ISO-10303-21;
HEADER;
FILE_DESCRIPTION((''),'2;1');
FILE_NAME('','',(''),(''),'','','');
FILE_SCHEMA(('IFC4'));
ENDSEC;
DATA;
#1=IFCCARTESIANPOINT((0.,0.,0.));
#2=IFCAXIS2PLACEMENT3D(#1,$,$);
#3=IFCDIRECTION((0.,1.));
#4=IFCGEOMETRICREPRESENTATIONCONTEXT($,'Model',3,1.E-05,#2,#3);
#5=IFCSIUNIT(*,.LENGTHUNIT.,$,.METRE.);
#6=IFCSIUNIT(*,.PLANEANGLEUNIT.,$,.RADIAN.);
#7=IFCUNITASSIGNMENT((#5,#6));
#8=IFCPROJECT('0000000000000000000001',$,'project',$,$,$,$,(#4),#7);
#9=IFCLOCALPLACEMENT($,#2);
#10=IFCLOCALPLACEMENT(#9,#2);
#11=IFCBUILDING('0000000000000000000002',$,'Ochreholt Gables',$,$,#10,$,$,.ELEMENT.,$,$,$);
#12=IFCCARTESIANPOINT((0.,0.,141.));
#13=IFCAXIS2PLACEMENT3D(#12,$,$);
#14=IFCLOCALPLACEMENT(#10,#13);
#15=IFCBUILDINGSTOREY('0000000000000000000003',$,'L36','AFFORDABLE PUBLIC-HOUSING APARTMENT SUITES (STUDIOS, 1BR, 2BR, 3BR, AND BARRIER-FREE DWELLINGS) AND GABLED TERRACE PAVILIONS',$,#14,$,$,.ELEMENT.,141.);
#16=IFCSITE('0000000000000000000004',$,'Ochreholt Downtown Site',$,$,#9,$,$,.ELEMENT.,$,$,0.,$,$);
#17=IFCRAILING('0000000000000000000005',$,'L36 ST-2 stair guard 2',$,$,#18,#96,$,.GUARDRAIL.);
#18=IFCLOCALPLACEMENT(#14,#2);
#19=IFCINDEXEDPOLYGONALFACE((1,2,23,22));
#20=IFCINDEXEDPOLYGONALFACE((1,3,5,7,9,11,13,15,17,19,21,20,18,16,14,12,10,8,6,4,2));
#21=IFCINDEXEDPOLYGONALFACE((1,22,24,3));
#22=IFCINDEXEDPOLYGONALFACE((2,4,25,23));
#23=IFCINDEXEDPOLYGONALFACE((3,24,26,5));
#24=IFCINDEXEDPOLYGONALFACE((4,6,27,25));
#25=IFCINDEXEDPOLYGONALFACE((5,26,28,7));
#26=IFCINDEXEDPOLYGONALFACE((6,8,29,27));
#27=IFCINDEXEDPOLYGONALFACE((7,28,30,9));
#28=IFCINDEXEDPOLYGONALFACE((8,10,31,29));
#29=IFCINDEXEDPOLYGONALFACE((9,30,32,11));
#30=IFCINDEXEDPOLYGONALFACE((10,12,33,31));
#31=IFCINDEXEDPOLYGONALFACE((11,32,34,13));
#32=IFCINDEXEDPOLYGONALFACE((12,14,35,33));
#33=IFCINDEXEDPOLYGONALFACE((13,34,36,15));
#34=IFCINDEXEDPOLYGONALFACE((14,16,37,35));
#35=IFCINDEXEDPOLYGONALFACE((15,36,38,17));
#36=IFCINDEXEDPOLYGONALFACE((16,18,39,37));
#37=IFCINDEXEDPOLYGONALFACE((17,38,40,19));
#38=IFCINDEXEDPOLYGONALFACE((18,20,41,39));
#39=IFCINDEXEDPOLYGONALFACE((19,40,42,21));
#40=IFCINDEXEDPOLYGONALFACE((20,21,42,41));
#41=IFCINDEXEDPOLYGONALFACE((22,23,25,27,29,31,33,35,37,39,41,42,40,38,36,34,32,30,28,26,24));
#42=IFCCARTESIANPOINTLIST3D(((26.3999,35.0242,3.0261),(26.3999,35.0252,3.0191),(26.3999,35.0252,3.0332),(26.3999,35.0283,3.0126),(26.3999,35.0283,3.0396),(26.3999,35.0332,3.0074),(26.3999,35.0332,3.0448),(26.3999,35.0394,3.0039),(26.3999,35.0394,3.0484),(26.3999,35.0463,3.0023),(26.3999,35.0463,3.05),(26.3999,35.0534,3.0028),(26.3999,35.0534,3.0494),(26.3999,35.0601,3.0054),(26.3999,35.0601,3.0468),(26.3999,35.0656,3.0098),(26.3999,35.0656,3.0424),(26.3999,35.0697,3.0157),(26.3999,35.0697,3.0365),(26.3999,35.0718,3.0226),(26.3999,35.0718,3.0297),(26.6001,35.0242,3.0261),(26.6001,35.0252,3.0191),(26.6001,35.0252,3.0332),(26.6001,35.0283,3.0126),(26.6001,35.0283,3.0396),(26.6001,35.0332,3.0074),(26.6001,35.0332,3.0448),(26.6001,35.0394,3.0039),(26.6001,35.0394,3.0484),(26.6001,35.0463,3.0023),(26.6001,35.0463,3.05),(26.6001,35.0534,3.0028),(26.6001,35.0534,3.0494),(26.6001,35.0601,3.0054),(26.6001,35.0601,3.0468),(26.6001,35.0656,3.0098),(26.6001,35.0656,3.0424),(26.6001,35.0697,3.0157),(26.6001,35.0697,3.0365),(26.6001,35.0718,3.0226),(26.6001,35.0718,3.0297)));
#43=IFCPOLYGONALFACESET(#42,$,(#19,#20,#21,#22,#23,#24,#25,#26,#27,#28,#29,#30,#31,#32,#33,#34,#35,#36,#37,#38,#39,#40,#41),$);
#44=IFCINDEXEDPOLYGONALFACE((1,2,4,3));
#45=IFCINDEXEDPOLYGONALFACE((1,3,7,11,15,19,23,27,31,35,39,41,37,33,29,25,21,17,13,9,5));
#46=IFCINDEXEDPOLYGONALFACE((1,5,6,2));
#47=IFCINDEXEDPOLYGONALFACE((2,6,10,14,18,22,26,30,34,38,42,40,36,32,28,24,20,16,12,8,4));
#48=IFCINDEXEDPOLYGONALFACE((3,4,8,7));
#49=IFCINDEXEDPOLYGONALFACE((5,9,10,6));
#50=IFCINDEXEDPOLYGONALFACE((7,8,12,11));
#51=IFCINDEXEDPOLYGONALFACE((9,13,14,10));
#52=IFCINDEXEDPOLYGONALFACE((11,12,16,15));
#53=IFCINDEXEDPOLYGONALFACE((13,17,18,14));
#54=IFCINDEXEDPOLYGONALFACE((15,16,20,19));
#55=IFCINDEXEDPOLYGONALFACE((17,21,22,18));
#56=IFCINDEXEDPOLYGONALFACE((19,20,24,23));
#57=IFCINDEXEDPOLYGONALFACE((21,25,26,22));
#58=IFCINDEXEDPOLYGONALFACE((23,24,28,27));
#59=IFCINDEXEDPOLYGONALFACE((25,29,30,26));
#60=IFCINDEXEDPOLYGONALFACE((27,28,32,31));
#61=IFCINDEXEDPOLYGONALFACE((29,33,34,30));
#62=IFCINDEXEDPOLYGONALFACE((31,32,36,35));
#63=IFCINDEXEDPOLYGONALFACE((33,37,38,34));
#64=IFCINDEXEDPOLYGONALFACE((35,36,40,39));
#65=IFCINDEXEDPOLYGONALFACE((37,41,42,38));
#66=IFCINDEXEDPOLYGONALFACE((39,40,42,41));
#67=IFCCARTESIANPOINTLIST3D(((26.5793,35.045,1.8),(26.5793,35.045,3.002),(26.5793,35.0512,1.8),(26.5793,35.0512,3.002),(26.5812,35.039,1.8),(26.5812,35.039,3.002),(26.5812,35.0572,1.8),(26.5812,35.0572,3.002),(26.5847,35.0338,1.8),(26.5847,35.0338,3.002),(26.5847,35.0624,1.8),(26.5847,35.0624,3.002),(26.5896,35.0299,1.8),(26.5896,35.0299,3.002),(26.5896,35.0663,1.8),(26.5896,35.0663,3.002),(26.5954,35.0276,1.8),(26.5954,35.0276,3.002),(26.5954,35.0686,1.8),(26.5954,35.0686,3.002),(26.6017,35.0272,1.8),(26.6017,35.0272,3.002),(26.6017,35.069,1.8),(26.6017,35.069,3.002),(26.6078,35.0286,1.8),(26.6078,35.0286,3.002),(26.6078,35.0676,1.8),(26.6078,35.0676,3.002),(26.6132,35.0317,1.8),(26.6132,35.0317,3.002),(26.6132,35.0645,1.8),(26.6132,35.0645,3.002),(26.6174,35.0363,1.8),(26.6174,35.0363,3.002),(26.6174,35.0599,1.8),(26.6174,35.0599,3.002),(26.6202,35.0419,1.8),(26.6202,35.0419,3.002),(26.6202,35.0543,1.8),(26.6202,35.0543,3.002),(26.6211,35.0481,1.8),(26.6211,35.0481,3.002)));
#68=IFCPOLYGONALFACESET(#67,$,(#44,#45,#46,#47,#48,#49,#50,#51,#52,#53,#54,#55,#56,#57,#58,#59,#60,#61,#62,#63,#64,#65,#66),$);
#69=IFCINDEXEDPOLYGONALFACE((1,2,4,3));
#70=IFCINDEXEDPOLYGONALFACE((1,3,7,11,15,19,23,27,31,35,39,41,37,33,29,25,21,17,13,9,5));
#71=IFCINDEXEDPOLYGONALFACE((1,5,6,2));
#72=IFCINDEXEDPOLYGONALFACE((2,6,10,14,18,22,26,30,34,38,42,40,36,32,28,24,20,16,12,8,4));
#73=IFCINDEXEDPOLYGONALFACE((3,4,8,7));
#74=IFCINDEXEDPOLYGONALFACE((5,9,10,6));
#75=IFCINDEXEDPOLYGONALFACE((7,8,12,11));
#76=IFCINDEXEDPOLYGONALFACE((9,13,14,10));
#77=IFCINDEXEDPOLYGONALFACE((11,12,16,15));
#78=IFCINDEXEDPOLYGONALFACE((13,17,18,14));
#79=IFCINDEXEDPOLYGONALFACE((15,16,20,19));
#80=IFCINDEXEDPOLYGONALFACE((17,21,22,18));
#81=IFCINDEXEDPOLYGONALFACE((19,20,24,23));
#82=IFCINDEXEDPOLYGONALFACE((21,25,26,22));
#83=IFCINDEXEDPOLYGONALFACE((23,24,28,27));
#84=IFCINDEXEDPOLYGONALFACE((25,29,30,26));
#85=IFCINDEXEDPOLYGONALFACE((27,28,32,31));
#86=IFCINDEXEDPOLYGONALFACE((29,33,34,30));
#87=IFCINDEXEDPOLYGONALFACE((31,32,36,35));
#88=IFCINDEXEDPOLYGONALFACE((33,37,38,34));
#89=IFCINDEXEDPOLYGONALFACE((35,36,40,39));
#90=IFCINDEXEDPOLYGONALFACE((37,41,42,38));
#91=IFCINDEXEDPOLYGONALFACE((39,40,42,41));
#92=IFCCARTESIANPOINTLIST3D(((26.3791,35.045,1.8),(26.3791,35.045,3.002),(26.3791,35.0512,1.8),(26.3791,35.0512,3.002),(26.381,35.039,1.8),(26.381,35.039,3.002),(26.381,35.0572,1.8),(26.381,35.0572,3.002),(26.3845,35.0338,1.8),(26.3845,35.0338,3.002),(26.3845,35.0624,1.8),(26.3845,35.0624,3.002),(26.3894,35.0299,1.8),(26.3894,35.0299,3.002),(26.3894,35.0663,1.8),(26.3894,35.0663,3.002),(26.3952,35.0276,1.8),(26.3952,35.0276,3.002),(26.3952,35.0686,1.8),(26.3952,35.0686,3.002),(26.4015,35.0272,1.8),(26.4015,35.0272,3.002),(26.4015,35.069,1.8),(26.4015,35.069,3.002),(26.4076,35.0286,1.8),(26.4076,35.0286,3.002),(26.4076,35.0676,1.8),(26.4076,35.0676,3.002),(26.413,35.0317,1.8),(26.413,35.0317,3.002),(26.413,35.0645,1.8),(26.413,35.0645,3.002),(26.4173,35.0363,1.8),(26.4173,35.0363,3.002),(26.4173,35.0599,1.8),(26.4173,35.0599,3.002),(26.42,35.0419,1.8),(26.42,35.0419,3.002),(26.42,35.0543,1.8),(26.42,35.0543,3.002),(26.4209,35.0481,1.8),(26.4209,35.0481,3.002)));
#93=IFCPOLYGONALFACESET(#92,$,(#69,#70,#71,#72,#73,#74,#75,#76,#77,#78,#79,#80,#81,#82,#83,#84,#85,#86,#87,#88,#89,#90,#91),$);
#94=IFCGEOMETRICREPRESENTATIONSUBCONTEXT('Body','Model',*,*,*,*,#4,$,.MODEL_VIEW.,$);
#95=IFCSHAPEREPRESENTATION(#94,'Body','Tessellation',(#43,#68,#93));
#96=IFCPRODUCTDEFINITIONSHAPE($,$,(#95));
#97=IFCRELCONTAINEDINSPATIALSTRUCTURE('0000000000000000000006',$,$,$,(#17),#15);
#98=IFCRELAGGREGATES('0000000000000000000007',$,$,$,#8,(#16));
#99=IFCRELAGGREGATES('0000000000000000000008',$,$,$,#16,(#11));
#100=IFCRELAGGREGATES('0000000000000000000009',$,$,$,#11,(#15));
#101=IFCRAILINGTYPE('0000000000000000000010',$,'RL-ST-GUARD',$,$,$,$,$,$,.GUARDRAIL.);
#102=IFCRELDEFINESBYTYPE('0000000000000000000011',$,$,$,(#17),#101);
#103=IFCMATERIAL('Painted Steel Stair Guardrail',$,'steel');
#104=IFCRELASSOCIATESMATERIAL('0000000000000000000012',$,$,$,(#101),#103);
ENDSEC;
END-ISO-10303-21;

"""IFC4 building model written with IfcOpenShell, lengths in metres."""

from ifc_helpers import new_model, si_unit, direction, frame, origin, origin_2d, place, context, subcontext, project, spatial, circle, extrude, material, type_object, element, save


model = new_model("IFC4")

# Units and contexts
model_context = context("Model", 3, precision=1e-05, world=origin(), true_north=direction((0.0, 1.0)))
body_context = subcontext(model_context, "Body", "Model", "MODEL_VIEW")
ifc_project = project(units=[si_unit("LENGTHUNIT", "METRE"), si_unit("PLANEANGLEUNIT", "RADIAN")], contexts=[model_context])

# Site, building, storey
site_placement = place(None, origin())
site = spatial("IfcSite", under=ifc_project, at=site_placement, Name="Ochreholt Downtown Site", CompositionType="ELEMENT", RefElevation=0.0)
building_placement = place(site_placement, origin())
building = spatial("IfcBuilding", under=site, at=building_placement, Name="Ochreholt Gables", CompositionType="ELEMENT")
storey_placement = place(building_placement, frame((0.0, 0.0, 141.0)))
storey = spatial("IfcBuildingStorey", under=building, at=storey_placement, Name="L36", Description="AFFORDABLE PUBLIC-HOUSING APARTMENT SUITES (STUDIOS, 1BR, 2BR, 3BR, AND BARRIER-FREE DWELLINGS) AND GABLED TERRACE PAVILIONS", CompositionType="ELEMENT", Elevation=141.0)

# Railing
ifc_material_1 = material(Name="Painted Steel Stair Guardrail", Category="steel")
railing_type_1 = type_object("IfcRailingType", Name="RL-ST-GUARD", PredefinedType="GUARDRAIL", material=ifc_material_1)
railing_1_placement = place(storey_placement, frame((26.6001, 35.0481, 1.8)))
element("IfcRailing", 1, at=railing_1_placement, inside=storey, type_object=railing_type_1, Name="L36 ST-2 stair guard 2", PredefinedType="GUARDRAIL", context=body_context, shape_type="SweptSolid", body=[
    extrude(circle(Radius=0.0239, at=origin_2d()), frame((0.0, 0.0, 1.2261), z_axis=(-1.0, 0.0, 0.0), x_axis=(0.0, -1.0, 0.0)), (0.0, 0.0, 1.0), 0.2002),
    extrude(circle(Radius=0.021, at=origin_2d()), origin(), (0.0, 0.0, 1.0), 1.2019),
    extrude(circle(Radius=0.021, at=origin_2d()), frame((-0.2002, 0.0, 0.0)), (0.0, 0.0, 1.0), 1.2019),
])

save(model, "model.ifc")
